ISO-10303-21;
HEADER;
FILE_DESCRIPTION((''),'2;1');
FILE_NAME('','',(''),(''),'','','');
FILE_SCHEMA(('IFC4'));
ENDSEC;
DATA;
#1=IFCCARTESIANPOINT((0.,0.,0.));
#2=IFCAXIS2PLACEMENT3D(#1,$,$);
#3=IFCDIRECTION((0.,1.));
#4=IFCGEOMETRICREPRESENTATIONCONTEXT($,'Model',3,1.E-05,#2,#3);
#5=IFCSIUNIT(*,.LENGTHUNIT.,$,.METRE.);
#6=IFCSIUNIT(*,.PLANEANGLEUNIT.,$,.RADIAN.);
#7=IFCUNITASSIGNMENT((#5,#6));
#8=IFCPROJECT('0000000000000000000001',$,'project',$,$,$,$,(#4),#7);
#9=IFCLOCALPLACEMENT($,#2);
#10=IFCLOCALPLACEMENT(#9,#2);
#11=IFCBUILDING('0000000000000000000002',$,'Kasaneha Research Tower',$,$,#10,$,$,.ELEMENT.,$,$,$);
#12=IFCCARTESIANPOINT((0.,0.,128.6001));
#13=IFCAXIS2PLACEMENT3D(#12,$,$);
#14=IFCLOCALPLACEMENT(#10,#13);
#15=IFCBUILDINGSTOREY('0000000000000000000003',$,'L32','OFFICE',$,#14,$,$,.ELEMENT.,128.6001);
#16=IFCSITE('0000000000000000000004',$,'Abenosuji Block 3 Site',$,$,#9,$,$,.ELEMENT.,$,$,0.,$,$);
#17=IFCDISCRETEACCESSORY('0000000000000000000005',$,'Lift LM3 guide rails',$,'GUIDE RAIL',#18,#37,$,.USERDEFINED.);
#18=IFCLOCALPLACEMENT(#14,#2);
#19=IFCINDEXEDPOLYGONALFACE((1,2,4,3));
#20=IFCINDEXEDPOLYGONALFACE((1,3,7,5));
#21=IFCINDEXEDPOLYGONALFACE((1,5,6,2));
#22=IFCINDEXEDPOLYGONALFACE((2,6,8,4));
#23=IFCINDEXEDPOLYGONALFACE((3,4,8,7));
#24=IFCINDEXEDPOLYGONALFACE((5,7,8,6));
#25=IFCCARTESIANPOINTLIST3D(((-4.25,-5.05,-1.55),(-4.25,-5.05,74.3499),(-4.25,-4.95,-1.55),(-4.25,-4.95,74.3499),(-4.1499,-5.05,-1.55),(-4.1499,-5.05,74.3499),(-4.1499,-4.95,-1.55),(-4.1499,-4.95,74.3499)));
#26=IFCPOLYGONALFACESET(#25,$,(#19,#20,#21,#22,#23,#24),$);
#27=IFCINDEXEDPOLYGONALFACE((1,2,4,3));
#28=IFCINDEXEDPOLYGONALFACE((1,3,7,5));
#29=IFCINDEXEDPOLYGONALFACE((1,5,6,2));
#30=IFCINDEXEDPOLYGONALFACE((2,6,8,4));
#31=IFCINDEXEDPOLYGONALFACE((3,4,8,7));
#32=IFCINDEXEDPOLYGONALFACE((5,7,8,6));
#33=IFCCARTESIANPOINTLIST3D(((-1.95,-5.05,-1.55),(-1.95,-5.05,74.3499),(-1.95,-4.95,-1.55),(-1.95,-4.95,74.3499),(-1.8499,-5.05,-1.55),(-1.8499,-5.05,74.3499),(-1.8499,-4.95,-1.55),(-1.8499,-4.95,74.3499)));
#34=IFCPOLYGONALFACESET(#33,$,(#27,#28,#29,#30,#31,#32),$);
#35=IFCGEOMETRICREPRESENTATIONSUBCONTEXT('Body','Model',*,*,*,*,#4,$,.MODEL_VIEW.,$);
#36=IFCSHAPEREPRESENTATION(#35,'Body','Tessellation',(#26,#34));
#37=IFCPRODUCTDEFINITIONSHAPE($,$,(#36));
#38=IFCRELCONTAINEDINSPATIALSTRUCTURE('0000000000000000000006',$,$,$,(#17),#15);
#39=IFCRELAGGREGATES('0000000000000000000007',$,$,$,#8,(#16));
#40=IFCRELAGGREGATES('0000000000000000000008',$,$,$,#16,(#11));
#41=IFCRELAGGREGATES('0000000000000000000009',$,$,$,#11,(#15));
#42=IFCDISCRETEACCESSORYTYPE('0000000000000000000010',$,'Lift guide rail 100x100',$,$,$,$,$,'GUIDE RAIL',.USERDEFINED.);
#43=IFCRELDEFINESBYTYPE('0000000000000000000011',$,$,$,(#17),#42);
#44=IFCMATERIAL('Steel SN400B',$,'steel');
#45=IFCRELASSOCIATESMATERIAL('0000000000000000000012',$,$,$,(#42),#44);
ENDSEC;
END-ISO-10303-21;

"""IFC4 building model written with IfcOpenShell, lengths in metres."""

from ifc_helpers import new_model, si_unit, direction, frame, origin, origin_2d, place, context, subcontext, project, spatial, rectangle, extrude, material, type_object, element, save


model = new_model("IFC4")

# Units and contexts
model_context = context("Model", 3, precision=1e-05, world=origin(), true_north=direction((0.0, 1.0)))
body_context = subcontext(model_context, "Body", "Model", "MODEL_VIEW")
ifc_project = project(units=[si_unit("LENGTHUNIT", "METRE"), si_unit("PLANEANGLEUNIT", "RADIAN")], contexts=[model_context])

# Site, building, storey
site_placement = place(None, origin())
site = spatial("IfcSite", under=ifc_project, at=site_placement, Name="Abenosuji Block 3 Site", CompositionType="ELEMENT", RefElevation=0.0)
building_placement = place(site_placement, origin())
building = spatial("IfcBuilding", under=site, at=building_placement, Name="Kasaneha Research Tower", CompositionType="ELEMENT")
storey_placement = place(building_placement, frame((0.0, 0.0, 128.6001)))
storey = spatial("IfcBuildingStorey", under=building, at=storey_placement, Name="L32", Description="OFFICE", CompositionType="ELEMENT", Elevation=128.6001)

# Discrete accessory
ifc_material_1 = material(Name="Steel SN400B", Category="steel")
discrete_accessory_type = type_object("IfcDiscreteAccessoryType", Name="Lift guide rail 100x100", ElementType="GUIDE RAIL", PredefinedType="USERDEFINED", material=ifc_material_1)
discrete_accessory_1_placement = place(storey_placement, frame((0.0, 0.0, -128.6001)))
element("IfcDiscreteAccessory", 1, at=discrete_accessory_1_placement, inside=storey, type_object=discrete_accessory_type, Name="Lift LM3 guide rails", ObjectType="GUIDE RAIL", PredefinedType="USERDEFINED", context=body_context, shape_type="SweptSolid", body=[
    extrude(rectangle(XDim=0.1001, YDim=0.1001, at=origin_2d()), frame((-4.2, -5.0, 127.05)), (0.0, 0.0, 1.0), 75.8999),
    extrude(rectangle(XDim=0.1001, YDim=0.1001, at=origin_2d()), frame((-1.8999, -5.0, 127.05)), (0.0, 0.0, 1.0), 75.8999),
])

save(model, "model.ifc")
